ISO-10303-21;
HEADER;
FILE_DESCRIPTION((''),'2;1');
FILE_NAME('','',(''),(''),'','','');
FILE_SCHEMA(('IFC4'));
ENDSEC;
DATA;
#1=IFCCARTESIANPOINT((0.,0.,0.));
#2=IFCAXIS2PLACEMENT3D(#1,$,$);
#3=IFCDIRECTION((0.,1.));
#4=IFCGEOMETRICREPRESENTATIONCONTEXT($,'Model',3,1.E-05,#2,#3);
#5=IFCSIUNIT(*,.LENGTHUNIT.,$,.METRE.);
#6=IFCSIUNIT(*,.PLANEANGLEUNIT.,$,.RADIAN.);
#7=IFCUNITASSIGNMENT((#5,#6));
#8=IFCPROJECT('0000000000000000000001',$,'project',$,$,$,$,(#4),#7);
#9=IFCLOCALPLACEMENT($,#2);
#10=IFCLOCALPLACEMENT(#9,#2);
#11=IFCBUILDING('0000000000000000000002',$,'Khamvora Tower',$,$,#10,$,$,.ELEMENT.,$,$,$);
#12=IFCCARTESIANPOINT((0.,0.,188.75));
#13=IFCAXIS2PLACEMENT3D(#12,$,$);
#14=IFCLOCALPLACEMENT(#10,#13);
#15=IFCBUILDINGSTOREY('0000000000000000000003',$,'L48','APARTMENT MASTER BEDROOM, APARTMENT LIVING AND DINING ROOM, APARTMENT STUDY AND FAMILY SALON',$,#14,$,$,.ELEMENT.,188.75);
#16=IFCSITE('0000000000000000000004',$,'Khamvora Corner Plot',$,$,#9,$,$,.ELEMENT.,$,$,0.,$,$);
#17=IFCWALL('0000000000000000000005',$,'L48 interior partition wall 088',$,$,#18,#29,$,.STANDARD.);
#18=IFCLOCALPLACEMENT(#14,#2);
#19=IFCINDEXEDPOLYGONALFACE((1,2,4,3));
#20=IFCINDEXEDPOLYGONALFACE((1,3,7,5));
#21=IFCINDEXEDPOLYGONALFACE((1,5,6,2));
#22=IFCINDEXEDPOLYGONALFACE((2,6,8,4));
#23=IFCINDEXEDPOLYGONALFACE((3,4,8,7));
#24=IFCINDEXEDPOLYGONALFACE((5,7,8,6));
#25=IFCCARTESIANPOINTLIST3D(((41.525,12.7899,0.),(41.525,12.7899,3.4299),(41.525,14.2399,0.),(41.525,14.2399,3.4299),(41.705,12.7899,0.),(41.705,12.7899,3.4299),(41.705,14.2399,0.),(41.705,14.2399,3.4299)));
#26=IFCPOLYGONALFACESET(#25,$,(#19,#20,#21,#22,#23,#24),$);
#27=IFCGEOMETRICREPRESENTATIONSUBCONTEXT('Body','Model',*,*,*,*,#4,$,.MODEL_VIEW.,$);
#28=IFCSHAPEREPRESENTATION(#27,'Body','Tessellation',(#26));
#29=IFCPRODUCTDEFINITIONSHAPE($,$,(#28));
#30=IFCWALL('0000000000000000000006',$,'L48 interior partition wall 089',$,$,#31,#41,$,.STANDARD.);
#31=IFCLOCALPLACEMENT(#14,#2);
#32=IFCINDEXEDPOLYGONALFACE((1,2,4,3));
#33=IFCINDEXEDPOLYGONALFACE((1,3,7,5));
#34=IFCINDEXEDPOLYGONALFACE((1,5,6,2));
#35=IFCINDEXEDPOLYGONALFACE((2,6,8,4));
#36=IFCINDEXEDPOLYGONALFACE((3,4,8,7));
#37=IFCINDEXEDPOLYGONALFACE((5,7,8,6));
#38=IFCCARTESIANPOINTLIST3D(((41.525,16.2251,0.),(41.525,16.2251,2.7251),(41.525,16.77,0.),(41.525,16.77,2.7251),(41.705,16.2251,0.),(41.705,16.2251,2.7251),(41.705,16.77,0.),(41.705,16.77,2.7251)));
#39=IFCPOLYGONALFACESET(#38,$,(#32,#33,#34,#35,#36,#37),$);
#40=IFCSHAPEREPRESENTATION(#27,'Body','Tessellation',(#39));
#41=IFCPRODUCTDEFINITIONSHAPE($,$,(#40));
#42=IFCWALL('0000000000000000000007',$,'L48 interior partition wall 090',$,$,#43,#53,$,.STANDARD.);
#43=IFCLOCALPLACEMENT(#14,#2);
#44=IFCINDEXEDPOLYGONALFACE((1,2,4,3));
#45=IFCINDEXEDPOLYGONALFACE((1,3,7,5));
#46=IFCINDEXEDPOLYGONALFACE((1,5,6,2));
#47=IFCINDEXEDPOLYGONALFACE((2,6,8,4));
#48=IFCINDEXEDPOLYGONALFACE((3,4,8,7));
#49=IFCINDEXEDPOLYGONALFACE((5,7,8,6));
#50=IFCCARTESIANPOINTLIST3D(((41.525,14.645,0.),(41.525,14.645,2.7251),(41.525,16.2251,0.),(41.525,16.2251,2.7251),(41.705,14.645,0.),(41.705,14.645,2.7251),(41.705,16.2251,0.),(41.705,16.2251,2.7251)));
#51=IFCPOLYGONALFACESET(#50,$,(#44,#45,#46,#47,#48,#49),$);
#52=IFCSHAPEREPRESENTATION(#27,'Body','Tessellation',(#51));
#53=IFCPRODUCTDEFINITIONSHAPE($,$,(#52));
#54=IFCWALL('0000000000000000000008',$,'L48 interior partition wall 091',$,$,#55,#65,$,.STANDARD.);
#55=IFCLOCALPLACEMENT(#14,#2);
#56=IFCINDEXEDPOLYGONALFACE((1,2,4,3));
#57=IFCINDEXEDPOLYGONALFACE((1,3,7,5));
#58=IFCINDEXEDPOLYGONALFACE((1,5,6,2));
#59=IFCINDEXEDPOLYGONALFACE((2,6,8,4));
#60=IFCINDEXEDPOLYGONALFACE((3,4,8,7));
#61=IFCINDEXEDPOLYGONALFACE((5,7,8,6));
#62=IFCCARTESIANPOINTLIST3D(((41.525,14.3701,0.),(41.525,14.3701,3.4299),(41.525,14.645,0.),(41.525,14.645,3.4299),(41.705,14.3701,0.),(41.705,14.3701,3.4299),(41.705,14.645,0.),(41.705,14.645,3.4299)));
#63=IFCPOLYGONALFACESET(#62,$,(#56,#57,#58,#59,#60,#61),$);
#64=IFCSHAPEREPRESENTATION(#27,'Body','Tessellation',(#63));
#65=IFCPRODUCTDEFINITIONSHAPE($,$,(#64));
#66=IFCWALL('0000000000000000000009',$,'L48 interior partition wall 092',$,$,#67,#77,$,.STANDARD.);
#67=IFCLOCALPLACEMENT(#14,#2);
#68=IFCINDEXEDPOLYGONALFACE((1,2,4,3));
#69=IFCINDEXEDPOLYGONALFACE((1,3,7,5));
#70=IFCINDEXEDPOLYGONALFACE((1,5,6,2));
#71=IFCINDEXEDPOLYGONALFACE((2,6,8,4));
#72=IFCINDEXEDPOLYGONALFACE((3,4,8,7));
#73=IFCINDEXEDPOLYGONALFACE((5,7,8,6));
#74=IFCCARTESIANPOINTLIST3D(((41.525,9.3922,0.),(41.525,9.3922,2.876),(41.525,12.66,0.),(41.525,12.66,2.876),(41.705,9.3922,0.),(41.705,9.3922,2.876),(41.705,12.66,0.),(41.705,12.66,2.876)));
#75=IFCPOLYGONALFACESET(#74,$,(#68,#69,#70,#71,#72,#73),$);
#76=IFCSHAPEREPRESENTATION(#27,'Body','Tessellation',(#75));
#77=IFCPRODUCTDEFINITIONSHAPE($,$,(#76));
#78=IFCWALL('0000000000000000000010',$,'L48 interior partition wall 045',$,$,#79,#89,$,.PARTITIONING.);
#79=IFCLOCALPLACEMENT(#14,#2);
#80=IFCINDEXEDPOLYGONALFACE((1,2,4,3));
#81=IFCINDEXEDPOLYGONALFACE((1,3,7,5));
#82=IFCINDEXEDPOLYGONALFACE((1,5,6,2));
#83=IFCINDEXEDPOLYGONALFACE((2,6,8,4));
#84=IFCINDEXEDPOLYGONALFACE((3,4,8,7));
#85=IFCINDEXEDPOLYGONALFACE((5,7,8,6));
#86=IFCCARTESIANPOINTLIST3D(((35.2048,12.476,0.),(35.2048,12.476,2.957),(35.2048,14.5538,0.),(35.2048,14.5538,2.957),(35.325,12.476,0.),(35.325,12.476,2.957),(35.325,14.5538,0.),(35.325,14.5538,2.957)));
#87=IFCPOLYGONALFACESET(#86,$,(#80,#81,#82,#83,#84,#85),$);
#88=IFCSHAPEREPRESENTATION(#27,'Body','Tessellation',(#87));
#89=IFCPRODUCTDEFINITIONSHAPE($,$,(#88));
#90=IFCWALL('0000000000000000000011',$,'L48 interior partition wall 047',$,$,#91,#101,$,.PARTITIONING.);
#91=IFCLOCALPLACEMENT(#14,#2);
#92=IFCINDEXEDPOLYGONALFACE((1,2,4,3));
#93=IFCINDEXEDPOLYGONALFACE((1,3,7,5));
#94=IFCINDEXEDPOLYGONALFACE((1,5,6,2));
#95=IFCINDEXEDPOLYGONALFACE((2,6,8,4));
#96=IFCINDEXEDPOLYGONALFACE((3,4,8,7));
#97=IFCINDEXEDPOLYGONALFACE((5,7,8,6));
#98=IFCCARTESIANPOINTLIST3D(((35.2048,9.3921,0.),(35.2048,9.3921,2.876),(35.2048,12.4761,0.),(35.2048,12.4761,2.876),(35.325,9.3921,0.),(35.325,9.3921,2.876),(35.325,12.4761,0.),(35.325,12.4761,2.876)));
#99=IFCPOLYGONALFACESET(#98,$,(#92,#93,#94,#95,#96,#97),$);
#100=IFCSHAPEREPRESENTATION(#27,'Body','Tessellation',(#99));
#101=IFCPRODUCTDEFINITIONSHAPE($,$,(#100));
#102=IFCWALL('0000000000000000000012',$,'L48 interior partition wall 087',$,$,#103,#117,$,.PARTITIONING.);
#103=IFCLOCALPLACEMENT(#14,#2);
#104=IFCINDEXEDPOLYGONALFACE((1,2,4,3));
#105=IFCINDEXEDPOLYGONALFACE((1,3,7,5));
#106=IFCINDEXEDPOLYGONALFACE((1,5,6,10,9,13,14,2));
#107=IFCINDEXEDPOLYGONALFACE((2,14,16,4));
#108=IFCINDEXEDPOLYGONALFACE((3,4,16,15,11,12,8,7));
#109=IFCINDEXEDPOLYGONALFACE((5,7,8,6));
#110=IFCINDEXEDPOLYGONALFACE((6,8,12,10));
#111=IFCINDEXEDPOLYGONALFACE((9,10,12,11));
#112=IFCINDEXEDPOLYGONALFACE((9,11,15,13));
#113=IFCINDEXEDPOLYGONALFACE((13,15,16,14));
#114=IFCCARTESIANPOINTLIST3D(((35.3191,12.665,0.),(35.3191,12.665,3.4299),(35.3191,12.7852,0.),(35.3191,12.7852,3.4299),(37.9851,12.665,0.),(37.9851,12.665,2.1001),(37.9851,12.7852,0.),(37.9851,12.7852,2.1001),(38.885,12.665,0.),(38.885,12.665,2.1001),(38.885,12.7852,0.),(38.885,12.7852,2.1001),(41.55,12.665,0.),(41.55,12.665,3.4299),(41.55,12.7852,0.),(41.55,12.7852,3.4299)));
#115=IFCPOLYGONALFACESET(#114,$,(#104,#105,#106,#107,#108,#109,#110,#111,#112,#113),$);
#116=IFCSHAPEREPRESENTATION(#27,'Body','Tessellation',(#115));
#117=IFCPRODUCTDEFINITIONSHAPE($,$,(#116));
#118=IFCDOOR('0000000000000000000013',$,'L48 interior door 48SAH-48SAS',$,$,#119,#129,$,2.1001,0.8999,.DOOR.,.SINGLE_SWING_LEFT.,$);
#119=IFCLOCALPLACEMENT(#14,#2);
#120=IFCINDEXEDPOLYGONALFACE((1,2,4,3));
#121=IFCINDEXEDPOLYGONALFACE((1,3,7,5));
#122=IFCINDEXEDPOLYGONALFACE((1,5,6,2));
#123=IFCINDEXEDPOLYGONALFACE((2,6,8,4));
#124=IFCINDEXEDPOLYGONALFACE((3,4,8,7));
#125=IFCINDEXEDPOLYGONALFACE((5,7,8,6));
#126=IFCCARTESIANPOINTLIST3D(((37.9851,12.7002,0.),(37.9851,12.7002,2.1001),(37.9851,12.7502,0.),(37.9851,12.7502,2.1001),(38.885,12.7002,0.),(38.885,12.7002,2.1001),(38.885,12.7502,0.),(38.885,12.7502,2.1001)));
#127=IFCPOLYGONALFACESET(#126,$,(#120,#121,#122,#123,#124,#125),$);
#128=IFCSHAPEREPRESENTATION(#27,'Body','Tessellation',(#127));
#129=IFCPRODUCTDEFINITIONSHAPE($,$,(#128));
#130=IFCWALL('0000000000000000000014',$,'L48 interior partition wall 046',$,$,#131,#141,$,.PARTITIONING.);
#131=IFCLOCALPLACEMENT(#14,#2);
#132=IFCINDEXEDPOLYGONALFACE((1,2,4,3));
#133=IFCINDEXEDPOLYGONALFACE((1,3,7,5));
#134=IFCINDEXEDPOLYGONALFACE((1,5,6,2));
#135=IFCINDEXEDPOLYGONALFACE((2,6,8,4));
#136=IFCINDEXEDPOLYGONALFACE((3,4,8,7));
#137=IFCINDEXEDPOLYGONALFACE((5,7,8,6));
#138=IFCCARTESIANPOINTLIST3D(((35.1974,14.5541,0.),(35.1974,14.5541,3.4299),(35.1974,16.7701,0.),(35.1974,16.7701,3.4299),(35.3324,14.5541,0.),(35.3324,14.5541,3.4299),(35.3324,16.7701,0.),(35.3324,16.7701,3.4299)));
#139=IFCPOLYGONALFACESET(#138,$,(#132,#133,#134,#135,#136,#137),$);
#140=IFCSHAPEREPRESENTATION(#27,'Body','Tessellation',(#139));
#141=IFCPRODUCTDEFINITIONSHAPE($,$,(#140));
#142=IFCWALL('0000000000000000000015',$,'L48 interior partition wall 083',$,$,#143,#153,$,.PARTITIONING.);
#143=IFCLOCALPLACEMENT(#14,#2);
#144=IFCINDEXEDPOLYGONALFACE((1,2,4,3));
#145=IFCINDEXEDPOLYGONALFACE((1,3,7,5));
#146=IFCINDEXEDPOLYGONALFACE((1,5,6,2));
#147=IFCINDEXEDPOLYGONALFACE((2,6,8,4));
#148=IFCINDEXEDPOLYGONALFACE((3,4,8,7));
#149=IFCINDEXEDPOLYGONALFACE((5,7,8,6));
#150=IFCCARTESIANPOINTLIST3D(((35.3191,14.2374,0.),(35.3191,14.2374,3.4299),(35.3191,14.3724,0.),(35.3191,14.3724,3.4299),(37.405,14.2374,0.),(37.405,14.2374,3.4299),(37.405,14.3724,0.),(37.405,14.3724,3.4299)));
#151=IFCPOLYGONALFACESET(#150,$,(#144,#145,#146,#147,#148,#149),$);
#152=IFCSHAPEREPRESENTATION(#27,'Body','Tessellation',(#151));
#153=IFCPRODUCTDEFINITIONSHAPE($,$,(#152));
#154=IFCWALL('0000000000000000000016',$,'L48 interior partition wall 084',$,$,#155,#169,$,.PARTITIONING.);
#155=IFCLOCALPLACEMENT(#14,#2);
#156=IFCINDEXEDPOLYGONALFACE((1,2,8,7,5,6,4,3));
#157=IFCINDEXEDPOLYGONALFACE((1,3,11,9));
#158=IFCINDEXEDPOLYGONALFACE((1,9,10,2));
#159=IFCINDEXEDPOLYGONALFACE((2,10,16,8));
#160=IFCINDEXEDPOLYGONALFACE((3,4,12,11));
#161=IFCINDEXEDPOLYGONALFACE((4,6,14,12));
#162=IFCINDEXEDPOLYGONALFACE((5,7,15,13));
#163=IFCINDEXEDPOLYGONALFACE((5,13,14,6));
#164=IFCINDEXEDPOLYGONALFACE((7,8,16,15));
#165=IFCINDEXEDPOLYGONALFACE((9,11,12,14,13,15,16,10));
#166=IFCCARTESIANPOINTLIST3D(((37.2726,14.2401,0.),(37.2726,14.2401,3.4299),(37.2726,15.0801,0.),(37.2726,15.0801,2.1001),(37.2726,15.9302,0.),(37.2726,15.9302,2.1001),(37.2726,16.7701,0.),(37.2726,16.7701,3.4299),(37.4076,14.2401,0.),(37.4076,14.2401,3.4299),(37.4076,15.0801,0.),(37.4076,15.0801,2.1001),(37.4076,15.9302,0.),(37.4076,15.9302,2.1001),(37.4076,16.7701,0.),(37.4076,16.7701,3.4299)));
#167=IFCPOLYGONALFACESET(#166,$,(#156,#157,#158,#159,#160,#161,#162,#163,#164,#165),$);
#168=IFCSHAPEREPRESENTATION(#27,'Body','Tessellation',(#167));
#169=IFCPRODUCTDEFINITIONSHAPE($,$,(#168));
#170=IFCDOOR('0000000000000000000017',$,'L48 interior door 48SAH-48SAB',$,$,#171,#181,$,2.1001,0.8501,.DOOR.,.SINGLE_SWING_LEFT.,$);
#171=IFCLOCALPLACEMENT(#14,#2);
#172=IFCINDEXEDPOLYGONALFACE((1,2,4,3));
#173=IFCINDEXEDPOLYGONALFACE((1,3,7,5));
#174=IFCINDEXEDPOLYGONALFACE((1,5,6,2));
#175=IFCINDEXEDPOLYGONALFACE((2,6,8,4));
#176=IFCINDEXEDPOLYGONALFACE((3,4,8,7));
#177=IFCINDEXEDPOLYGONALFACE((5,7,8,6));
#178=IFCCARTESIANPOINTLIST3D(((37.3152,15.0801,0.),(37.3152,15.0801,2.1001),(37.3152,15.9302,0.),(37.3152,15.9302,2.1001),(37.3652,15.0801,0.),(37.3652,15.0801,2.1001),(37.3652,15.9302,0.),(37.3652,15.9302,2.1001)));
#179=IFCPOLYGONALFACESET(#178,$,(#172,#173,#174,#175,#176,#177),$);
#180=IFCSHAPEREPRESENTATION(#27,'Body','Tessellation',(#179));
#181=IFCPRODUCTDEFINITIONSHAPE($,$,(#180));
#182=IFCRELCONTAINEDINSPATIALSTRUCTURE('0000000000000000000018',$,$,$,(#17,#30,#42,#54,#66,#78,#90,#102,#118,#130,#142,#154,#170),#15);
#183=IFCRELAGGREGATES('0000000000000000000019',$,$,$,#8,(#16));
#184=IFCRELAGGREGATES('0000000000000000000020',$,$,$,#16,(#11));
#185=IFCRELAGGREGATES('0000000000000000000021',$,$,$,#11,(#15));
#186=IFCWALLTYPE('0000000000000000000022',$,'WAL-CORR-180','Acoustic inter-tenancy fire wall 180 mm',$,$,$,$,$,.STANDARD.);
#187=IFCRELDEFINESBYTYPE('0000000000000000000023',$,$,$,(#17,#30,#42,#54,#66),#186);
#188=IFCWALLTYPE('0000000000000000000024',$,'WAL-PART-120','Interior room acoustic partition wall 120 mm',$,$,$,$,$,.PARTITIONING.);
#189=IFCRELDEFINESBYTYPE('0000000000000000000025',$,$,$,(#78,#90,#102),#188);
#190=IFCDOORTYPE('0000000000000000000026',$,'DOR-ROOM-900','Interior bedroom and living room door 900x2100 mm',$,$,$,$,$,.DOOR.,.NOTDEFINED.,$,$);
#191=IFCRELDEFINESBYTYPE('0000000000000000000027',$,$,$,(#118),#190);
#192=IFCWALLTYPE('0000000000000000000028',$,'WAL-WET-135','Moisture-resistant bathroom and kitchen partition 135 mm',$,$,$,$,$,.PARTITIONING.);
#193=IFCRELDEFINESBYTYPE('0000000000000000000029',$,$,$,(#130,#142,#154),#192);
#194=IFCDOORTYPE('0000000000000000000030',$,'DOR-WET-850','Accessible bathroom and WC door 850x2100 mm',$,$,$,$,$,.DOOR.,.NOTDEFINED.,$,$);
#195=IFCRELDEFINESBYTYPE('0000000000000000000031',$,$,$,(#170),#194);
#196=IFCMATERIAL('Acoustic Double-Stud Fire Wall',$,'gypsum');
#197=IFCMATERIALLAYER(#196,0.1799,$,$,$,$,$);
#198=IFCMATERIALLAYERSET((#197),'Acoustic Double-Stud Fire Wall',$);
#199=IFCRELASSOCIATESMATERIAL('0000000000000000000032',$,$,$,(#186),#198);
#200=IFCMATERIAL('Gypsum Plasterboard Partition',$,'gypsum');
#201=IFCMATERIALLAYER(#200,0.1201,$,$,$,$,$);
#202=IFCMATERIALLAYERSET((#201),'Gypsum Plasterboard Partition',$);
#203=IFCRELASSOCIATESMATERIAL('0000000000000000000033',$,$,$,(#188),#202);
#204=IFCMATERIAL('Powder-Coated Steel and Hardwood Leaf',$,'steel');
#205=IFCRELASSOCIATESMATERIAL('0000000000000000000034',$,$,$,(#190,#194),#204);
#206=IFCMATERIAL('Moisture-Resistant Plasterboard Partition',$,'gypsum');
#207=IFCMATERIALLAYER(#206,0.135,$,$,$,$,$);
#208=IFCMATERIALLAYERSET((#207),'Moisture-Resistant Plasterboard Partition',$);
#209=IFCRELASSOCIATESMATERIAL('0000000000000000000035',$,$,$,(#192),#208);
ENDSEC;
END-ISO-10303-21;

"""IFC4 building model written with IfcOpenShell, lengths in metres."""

from ifc_helpers import new_model, si_unit, direction, frame, frame_2d, origin, place, context, subcontext, project, spatial, rectangle, extrude, material, layer, layer_set, type_object, element, fill, save


model = new_model("IFC4")

# Units and contexts
model_context = context("Model", 3, precision=1e-05, world=origin(), true_north=direction((0.0, 1.0)))
body_context = subcontext(model_context, "Body", "Model", "MODEL_VIEW")
ifc_project = project(units=[si_unit("LENGTHUNIT", "METRE"), si_unit("PLANEANGLEUNIT", "RADIAN")], contexts=[model_context])

# Site, building, storey
site_placement = place(None, origin())
site = spatial("IfcSite", under=ifc_project, at=site_placement, Name="Khamvora Corner Plot", CompositionType="ELEMENT", RefElevation=0.0)
building_placement = place(site_placement, origin())
building = spatial("IfcBuilding", under=site, at=building_placement, Name="Khamvora Tower", CompositionType="ELEMENT")
storey_placement = place(building_placement, frame((0.0, 0.0, 188.75)))
storey = spatial("IfcBuildingStorey", under=building, at=storey_placement, Name="L48", Description="APARTMENT MASTER BEDROOM, APARTMENT LIVING AND DINING ROOM, APARTMENT STUDY AND FAMILY SALON", CompositionType="ELEMENT", Elevation=188.75)

# Shared definitions
ifc_material_1 = material(Name="Powder-Coated Steel and Hardwood Leaf", Category="steel")

# Walls
ifc_material_2 = material(Name="Acoustic Double-Stud Fire Wall", Category="gypsum")
ifc_layer_1 = layer(ifc_material_2, 0.1799)
ifc_layer_set_1 = layer_set([ifc_layer_1], Name="Acoustic Double-Stud Fire Wall")
wall_type_1 = type_object("IfcWallType", Name="WAL-CORR-180", Description="Acoustic inter-tenancy fire wall 180 mm", PredefinedType="STANDARD", material=ifc_layer_set_1)
wall_1_placement = place(storey_placement, frame((41.615, 14.24, 0.0), z_axis=(0.0, 0.0, 1.0), x_axis=(0.0, -1.0, 0.0)))
element("IfcWall", 1, at=wall_1_placement, inside=storey, type_object=wall_type_1, Name="L48 interior partition wall 088", PredefinedType="STANDARD", context=body_context, shape_type="SweptSolid", body=[
    extrude(rectangle(XDim=1.45, YDim=0.1799, at=frame_2d((0.7251, 0.0))), origin(), (0.0, 0.0, 1.0), 3.4299),
])
wall_2_placement = place(storey_placement, frame((41.615, 16.77, 0.0), z_axis=(0.0, 0.0, 1.0), x_axis=(0.0, -1.0, 0.0)))
element("IfcWall", 2, at=wall_2_placement, inside=storey, type_object=wall_type_1, Name="L48 interior partition wall 089", PredefinedType="STANDARD", context=body_context, shape_type="SweptSolid", body=[
    extrude(rectangle(XDim=0.5449, YDim=0.1799, at=frame_2d((0.2725, 0.0))), origin(), (0.0, 0.0, 1.0), 2.7251),
])
wall_3_placement = place(storey_placement, frame((41.615, 16.2251, 0.0), z_axis=(0.0, 0.0, 1.0), x_axis=(0.0, -1.0, 0.0)))
element("IfcWall", 3, at=wall_3_placement, inside=storey, type_object=wall_type_1, Name="L48 interior partition wall 090", PredefinedType="STANDARD", context=body_context, shape_type="SweptSolid", body=[
    extrude(rectangle(XDim=1.5801, YDim=0.1799, at=frame_2d((0.79, 0.0))), origin(), (0.0, 0.0, 1.0), 2.7251),
])
wall_4_placement = place(storey_placement, frame((41.615, 14.645, 0.0), z_axis=(0.0, 0.0, 1.0), x_axis=(0.0, -1.0, 0.0)))
element("IfcWall", 4, at=wall_4_placement, inside=storey, type_object=wall_type_1, Name="L48 interior partition wall 091", PredefinedType="STANDARD", context=body_context, shape_type="SweptSolid", body=[
    extrude(rectangle(XDim=0.2749, YDim=0.1799, at=frame_2d((0.1375, 0.0))), origin(), (0.0, 0.0, 1.0), 3.4299),
])
wall_5_placement = place(storey_placement, frame((41.615, 12.6599, 0.0), z_axis=(0.0, 0.0, 1.0), x_axis=(0.0, -1.0, 0.0)))
element("IfcWall", 5, at=wall_5_placement, inside=storey, type_object=wall_type_1, Name="L48 interior partition wall 092", PredefinedType="STANDARD", context=body_context, shape_type="SweptSolid", body=[
    extrude(rectangle(XDim=3.2678, YDim=0.1799, at=frame_2d((1.6338, 0.0))), origin(), (0.0, 0.0, 1.0), 2.876),
])
ifc_material_3 = material(Name="Gypsum Plasterboard Partition", Category="gypsum")
ifc_layer_2 = layer(ifc_material_3, 0.1201)
ifc_layer_set_2 = layer_set([ifc_layer_2], Name="Gypsum Plasterboard Partition")
wall_type_2 = type_object("IfcWallType", Name="WAL-PART-120", Description="Interior room acoustic partition wall 120 mm", PredefinedType="PARTITIONING", material=ifc_layer_set_2)
wall_6_placement = place(storey_placement, frame((35.2649, 14.554, 0.0), z_axis=(0.0, 0.0, 1.0), x_axis=(0.0, -1.0, 0.0)))
element("IfcWall", 6, at=wall_6_placement, inside=storey, type_object=wall_type_2, Name="L48 interior partition wall 045", PredefinedType="PARTITIONING", context=body_context, shape_type="SweptSolid", body=[
    extrude(rectangle(XDim=2.0779, YDim=0.1201, at=frame_2d((1.0391, 0.0))), origin(), (0.0, 0.0, 1.0), 2.957),
])
wall_7_placement = place(storey_placement, frame((35.2649, 12.4761, 0.0), z_axis=(0.0, 0.0, 1.0), x_axis=(0.0, -1.0, 0.0)))
element("IfcWall", 7, at=wall_7_placement, inside=storey, type_object=wall_type_2, Name="L48 interior partition wall 047", PredefinedType="PARTITIONING", context=body_context, shape_type="SweptSolid", body=[
    extrude(rectangle(XDim=3.084, YDim=0.1201, at=frame_2d((1.542, 0.0))), origin(), (0.0, 0.0, 1.0), 2.876),
])

# Wall, opening, door
wall_8_placement = place(storey_placement, frame((41.55, 12.7251, 0.0), z_axis=(0.0, 0.0, 1.0), x_axis=(-1.0, 0.0, 0.0)))
wall_8 = element("IfcWall", 8, at=wall_8_placement, inside=storey, type_object=wall_type_2, Name="L48 interior partition wall 087", PredefinedType="PARTITIONING", context=body_context, shape_type="SweptSolid", body=[
    extrude(rectangle(XDim=6.231, YDim=0.1201, at=frame_2d((3.1155, 0.0))), origin(), (0.0, 0.0, 1.0), 3.4299),
])
opening_1_placement = place(wall_8_placement, frame((2.665, 0.0, 0.0)))
opening_1 = element("IfcOpeningElement", 9, at=opening_1_placement, cuts=wall_8, PredefinedType="OPENING", context=body_context, shape_type="SweptSolid", body=[
    extrude(rectangle(XDim=0.8999, YDim=2.1001, at=frame_2d((0.45, 1.05))), frame((0.0, 0.0701, 0.0), z_axis=(0.0, -1.0, 0.0), x_axis=(1.0, 0.0, 0.0)), (0.0, 0.0, 1.0), 0.1401),
])
door_type_1 = type_object("IfcDoorType", Name="DOR-ROOM-900", Description="Interior bedroom and living room door 900x2100 mm", OperationType="NOTDEFINED", PredefinedType="DOOR", material=ifc_material_1)
door_1_placement = place(opening_1_placement, origin())
door_1 = element("IfcDoor", 10, at=door_1_placement, inside=storey, type_object=door_type_1, Name="L48 interior door 48SAH-48SAS", OperationType="SINGLE_SWING_LEFT", OverallHeight=2.1001, OverallWidth=0.8999, PredefinedType="DOOR", context=body_context, shape_type="SweptSolid", body=[
    extrude(rectangle(XDim=0.8999, YDim=2.1001, at=frame_2d((0.45, 1.05))), frame((0.0, 0.0249, 0.0), z_axis=(0.0, -1.0, 0.0), x_axis=(1.0, 0.0, 0.0)), (0.0, 0.0, 1.0), 0.05),
])
fill(opening_1, door_1)

# Walls
ifc_material_4 = material(Name="Moisture-Resistant Plasterboard Partition", Category="gypsum")
ifc_layer_3 = layer(ifc_material_4, 0.135)
ifc_layer_set_3 = layer_set([ifc_layer_3], Name="Moisture-Resistant Plasterboard Partition")
wall_type_3 = type_object("IfcWallType", Name="WAL-WET-135", Description="Moisture-resistant bathroom and kitchen partition 135 mm", PredefinedType="PARTITIONING", material=ifc_layer_set_3)
wall_9_placement = place(storey_placement, frame((35.2649, 16.77, 0.0), z_axis=(0.0, 0.0, 1.0), x_axis=(0.0, -1.0, 0.0)))
element("IfcWall", 11, at=wall_9_placement, inside=storey, type_object=wall_type_3, Name="L48 interior partition wall 046", PredefinedType="PARTITIONING", context=body_context, shape_type="SweptSolid", body=[
    extrude(rectangle(XDim=2.2161, YDim=0.135, at=frame_2d((1.1079, 0.0))), origin(), (0.0, 0.0, 1.0), 3.4299),
])
wall_10_placement = place(storey_placement, frame((35.3191, 14.3049, 0.0), z_axis=(0.0, 0.0, 1.0), x_axis=(1.0, 0.0, 0.0)))
element("IfcWall", 12, at=wall_10_placement, inside=storey, type_object=wall_type_3, Name="L48 interior partition wall 083", PredefinedType="PARTITIONING", context=body_context, shape_type="SweptSolid", body=[
    extrude(rectangle(XDim=2.0859, YDim=0.135, at=frame_2d((1.043, 0.0))), origin(), (0.0, 0.0, 1.0), 3.4299),
])

# Wall, opening, door
wall_11_placement = place(storey_placement, frame((37.3401, 14.24, 0.0), z_axis=(0.0, 0.0, 1.0), x_axis=(0.0, 1.0, 0.0)))
wall_11 = element("IfcWall", 13, at=wall_11_placement, inside=storey, type_object=wall_type_3, Name="L48 interior partition wall 084", PredefinedType="PARTITIONING", context=body_context, shape_type="SweptSolid", body=[
    extrude(rectangle(XDim=2.53, YDim=0.135, at=frame_2d((1.2651, 0.0))), origin(), (0.0, 0.0, 1.0), 3.4299),
])
opening_2_placement = place(wall_11_placement, frame((0.8401, 0.0, 0.0)))
opening_2 = element("IfcOpeningElement", 14, at=opening_2_placement, cuts=wall_11, PredefinedType="OPENING", context=body_context, shape_type="SweptSolid", body=[
    extrude(rectangle(XDim=0.8501, YDim=2.1001, at=frame_2d((0.425, 1.05))), frame((0.0, 0.0774, 0.0), z_axis=(0.0, -1.0, 0.0), x_axis=(1.0, 0.0, 0.0)), (0.0, 0.0, 1.0), 0.155),
])
door_type_2 = type_object("IfcDoorType", Name="DOR-WET-850", Description="Accessible bathroom and WC door 850x2100 mm", OperationType="NOTDEFINED", PredefinedType="DOOR", material=ifc_material_1)
door_2_placement = place(opening_2_placement, origin())
door_2 = element("IfcDoor", 15, at=door_2_placement, inside=storey, type_object=door_type_2, Name="L48 interior door 48SAH-48SAB", OperationType="SINGLE_SWING_LEFT", OverallHeight=2.1001, OverallWidth=0.8501, PredefinedType="DOOR", context=body_context, shape_type="SweptSolid", body=[
    extrude(rectangle(XDim=0.8501, YDim=2.1001, at=frame_2d((0.425, 1.05))), frame((0.0, 0.0249, 0.0), z_axis=(0.0, -1.0, 0.0), x_axis=(1.0, 0.0, 0.0)), (0.0, 0.0, 1.0), 0.05),
])
fill(opening_2, door_2)

save(model, "model.ifc")
